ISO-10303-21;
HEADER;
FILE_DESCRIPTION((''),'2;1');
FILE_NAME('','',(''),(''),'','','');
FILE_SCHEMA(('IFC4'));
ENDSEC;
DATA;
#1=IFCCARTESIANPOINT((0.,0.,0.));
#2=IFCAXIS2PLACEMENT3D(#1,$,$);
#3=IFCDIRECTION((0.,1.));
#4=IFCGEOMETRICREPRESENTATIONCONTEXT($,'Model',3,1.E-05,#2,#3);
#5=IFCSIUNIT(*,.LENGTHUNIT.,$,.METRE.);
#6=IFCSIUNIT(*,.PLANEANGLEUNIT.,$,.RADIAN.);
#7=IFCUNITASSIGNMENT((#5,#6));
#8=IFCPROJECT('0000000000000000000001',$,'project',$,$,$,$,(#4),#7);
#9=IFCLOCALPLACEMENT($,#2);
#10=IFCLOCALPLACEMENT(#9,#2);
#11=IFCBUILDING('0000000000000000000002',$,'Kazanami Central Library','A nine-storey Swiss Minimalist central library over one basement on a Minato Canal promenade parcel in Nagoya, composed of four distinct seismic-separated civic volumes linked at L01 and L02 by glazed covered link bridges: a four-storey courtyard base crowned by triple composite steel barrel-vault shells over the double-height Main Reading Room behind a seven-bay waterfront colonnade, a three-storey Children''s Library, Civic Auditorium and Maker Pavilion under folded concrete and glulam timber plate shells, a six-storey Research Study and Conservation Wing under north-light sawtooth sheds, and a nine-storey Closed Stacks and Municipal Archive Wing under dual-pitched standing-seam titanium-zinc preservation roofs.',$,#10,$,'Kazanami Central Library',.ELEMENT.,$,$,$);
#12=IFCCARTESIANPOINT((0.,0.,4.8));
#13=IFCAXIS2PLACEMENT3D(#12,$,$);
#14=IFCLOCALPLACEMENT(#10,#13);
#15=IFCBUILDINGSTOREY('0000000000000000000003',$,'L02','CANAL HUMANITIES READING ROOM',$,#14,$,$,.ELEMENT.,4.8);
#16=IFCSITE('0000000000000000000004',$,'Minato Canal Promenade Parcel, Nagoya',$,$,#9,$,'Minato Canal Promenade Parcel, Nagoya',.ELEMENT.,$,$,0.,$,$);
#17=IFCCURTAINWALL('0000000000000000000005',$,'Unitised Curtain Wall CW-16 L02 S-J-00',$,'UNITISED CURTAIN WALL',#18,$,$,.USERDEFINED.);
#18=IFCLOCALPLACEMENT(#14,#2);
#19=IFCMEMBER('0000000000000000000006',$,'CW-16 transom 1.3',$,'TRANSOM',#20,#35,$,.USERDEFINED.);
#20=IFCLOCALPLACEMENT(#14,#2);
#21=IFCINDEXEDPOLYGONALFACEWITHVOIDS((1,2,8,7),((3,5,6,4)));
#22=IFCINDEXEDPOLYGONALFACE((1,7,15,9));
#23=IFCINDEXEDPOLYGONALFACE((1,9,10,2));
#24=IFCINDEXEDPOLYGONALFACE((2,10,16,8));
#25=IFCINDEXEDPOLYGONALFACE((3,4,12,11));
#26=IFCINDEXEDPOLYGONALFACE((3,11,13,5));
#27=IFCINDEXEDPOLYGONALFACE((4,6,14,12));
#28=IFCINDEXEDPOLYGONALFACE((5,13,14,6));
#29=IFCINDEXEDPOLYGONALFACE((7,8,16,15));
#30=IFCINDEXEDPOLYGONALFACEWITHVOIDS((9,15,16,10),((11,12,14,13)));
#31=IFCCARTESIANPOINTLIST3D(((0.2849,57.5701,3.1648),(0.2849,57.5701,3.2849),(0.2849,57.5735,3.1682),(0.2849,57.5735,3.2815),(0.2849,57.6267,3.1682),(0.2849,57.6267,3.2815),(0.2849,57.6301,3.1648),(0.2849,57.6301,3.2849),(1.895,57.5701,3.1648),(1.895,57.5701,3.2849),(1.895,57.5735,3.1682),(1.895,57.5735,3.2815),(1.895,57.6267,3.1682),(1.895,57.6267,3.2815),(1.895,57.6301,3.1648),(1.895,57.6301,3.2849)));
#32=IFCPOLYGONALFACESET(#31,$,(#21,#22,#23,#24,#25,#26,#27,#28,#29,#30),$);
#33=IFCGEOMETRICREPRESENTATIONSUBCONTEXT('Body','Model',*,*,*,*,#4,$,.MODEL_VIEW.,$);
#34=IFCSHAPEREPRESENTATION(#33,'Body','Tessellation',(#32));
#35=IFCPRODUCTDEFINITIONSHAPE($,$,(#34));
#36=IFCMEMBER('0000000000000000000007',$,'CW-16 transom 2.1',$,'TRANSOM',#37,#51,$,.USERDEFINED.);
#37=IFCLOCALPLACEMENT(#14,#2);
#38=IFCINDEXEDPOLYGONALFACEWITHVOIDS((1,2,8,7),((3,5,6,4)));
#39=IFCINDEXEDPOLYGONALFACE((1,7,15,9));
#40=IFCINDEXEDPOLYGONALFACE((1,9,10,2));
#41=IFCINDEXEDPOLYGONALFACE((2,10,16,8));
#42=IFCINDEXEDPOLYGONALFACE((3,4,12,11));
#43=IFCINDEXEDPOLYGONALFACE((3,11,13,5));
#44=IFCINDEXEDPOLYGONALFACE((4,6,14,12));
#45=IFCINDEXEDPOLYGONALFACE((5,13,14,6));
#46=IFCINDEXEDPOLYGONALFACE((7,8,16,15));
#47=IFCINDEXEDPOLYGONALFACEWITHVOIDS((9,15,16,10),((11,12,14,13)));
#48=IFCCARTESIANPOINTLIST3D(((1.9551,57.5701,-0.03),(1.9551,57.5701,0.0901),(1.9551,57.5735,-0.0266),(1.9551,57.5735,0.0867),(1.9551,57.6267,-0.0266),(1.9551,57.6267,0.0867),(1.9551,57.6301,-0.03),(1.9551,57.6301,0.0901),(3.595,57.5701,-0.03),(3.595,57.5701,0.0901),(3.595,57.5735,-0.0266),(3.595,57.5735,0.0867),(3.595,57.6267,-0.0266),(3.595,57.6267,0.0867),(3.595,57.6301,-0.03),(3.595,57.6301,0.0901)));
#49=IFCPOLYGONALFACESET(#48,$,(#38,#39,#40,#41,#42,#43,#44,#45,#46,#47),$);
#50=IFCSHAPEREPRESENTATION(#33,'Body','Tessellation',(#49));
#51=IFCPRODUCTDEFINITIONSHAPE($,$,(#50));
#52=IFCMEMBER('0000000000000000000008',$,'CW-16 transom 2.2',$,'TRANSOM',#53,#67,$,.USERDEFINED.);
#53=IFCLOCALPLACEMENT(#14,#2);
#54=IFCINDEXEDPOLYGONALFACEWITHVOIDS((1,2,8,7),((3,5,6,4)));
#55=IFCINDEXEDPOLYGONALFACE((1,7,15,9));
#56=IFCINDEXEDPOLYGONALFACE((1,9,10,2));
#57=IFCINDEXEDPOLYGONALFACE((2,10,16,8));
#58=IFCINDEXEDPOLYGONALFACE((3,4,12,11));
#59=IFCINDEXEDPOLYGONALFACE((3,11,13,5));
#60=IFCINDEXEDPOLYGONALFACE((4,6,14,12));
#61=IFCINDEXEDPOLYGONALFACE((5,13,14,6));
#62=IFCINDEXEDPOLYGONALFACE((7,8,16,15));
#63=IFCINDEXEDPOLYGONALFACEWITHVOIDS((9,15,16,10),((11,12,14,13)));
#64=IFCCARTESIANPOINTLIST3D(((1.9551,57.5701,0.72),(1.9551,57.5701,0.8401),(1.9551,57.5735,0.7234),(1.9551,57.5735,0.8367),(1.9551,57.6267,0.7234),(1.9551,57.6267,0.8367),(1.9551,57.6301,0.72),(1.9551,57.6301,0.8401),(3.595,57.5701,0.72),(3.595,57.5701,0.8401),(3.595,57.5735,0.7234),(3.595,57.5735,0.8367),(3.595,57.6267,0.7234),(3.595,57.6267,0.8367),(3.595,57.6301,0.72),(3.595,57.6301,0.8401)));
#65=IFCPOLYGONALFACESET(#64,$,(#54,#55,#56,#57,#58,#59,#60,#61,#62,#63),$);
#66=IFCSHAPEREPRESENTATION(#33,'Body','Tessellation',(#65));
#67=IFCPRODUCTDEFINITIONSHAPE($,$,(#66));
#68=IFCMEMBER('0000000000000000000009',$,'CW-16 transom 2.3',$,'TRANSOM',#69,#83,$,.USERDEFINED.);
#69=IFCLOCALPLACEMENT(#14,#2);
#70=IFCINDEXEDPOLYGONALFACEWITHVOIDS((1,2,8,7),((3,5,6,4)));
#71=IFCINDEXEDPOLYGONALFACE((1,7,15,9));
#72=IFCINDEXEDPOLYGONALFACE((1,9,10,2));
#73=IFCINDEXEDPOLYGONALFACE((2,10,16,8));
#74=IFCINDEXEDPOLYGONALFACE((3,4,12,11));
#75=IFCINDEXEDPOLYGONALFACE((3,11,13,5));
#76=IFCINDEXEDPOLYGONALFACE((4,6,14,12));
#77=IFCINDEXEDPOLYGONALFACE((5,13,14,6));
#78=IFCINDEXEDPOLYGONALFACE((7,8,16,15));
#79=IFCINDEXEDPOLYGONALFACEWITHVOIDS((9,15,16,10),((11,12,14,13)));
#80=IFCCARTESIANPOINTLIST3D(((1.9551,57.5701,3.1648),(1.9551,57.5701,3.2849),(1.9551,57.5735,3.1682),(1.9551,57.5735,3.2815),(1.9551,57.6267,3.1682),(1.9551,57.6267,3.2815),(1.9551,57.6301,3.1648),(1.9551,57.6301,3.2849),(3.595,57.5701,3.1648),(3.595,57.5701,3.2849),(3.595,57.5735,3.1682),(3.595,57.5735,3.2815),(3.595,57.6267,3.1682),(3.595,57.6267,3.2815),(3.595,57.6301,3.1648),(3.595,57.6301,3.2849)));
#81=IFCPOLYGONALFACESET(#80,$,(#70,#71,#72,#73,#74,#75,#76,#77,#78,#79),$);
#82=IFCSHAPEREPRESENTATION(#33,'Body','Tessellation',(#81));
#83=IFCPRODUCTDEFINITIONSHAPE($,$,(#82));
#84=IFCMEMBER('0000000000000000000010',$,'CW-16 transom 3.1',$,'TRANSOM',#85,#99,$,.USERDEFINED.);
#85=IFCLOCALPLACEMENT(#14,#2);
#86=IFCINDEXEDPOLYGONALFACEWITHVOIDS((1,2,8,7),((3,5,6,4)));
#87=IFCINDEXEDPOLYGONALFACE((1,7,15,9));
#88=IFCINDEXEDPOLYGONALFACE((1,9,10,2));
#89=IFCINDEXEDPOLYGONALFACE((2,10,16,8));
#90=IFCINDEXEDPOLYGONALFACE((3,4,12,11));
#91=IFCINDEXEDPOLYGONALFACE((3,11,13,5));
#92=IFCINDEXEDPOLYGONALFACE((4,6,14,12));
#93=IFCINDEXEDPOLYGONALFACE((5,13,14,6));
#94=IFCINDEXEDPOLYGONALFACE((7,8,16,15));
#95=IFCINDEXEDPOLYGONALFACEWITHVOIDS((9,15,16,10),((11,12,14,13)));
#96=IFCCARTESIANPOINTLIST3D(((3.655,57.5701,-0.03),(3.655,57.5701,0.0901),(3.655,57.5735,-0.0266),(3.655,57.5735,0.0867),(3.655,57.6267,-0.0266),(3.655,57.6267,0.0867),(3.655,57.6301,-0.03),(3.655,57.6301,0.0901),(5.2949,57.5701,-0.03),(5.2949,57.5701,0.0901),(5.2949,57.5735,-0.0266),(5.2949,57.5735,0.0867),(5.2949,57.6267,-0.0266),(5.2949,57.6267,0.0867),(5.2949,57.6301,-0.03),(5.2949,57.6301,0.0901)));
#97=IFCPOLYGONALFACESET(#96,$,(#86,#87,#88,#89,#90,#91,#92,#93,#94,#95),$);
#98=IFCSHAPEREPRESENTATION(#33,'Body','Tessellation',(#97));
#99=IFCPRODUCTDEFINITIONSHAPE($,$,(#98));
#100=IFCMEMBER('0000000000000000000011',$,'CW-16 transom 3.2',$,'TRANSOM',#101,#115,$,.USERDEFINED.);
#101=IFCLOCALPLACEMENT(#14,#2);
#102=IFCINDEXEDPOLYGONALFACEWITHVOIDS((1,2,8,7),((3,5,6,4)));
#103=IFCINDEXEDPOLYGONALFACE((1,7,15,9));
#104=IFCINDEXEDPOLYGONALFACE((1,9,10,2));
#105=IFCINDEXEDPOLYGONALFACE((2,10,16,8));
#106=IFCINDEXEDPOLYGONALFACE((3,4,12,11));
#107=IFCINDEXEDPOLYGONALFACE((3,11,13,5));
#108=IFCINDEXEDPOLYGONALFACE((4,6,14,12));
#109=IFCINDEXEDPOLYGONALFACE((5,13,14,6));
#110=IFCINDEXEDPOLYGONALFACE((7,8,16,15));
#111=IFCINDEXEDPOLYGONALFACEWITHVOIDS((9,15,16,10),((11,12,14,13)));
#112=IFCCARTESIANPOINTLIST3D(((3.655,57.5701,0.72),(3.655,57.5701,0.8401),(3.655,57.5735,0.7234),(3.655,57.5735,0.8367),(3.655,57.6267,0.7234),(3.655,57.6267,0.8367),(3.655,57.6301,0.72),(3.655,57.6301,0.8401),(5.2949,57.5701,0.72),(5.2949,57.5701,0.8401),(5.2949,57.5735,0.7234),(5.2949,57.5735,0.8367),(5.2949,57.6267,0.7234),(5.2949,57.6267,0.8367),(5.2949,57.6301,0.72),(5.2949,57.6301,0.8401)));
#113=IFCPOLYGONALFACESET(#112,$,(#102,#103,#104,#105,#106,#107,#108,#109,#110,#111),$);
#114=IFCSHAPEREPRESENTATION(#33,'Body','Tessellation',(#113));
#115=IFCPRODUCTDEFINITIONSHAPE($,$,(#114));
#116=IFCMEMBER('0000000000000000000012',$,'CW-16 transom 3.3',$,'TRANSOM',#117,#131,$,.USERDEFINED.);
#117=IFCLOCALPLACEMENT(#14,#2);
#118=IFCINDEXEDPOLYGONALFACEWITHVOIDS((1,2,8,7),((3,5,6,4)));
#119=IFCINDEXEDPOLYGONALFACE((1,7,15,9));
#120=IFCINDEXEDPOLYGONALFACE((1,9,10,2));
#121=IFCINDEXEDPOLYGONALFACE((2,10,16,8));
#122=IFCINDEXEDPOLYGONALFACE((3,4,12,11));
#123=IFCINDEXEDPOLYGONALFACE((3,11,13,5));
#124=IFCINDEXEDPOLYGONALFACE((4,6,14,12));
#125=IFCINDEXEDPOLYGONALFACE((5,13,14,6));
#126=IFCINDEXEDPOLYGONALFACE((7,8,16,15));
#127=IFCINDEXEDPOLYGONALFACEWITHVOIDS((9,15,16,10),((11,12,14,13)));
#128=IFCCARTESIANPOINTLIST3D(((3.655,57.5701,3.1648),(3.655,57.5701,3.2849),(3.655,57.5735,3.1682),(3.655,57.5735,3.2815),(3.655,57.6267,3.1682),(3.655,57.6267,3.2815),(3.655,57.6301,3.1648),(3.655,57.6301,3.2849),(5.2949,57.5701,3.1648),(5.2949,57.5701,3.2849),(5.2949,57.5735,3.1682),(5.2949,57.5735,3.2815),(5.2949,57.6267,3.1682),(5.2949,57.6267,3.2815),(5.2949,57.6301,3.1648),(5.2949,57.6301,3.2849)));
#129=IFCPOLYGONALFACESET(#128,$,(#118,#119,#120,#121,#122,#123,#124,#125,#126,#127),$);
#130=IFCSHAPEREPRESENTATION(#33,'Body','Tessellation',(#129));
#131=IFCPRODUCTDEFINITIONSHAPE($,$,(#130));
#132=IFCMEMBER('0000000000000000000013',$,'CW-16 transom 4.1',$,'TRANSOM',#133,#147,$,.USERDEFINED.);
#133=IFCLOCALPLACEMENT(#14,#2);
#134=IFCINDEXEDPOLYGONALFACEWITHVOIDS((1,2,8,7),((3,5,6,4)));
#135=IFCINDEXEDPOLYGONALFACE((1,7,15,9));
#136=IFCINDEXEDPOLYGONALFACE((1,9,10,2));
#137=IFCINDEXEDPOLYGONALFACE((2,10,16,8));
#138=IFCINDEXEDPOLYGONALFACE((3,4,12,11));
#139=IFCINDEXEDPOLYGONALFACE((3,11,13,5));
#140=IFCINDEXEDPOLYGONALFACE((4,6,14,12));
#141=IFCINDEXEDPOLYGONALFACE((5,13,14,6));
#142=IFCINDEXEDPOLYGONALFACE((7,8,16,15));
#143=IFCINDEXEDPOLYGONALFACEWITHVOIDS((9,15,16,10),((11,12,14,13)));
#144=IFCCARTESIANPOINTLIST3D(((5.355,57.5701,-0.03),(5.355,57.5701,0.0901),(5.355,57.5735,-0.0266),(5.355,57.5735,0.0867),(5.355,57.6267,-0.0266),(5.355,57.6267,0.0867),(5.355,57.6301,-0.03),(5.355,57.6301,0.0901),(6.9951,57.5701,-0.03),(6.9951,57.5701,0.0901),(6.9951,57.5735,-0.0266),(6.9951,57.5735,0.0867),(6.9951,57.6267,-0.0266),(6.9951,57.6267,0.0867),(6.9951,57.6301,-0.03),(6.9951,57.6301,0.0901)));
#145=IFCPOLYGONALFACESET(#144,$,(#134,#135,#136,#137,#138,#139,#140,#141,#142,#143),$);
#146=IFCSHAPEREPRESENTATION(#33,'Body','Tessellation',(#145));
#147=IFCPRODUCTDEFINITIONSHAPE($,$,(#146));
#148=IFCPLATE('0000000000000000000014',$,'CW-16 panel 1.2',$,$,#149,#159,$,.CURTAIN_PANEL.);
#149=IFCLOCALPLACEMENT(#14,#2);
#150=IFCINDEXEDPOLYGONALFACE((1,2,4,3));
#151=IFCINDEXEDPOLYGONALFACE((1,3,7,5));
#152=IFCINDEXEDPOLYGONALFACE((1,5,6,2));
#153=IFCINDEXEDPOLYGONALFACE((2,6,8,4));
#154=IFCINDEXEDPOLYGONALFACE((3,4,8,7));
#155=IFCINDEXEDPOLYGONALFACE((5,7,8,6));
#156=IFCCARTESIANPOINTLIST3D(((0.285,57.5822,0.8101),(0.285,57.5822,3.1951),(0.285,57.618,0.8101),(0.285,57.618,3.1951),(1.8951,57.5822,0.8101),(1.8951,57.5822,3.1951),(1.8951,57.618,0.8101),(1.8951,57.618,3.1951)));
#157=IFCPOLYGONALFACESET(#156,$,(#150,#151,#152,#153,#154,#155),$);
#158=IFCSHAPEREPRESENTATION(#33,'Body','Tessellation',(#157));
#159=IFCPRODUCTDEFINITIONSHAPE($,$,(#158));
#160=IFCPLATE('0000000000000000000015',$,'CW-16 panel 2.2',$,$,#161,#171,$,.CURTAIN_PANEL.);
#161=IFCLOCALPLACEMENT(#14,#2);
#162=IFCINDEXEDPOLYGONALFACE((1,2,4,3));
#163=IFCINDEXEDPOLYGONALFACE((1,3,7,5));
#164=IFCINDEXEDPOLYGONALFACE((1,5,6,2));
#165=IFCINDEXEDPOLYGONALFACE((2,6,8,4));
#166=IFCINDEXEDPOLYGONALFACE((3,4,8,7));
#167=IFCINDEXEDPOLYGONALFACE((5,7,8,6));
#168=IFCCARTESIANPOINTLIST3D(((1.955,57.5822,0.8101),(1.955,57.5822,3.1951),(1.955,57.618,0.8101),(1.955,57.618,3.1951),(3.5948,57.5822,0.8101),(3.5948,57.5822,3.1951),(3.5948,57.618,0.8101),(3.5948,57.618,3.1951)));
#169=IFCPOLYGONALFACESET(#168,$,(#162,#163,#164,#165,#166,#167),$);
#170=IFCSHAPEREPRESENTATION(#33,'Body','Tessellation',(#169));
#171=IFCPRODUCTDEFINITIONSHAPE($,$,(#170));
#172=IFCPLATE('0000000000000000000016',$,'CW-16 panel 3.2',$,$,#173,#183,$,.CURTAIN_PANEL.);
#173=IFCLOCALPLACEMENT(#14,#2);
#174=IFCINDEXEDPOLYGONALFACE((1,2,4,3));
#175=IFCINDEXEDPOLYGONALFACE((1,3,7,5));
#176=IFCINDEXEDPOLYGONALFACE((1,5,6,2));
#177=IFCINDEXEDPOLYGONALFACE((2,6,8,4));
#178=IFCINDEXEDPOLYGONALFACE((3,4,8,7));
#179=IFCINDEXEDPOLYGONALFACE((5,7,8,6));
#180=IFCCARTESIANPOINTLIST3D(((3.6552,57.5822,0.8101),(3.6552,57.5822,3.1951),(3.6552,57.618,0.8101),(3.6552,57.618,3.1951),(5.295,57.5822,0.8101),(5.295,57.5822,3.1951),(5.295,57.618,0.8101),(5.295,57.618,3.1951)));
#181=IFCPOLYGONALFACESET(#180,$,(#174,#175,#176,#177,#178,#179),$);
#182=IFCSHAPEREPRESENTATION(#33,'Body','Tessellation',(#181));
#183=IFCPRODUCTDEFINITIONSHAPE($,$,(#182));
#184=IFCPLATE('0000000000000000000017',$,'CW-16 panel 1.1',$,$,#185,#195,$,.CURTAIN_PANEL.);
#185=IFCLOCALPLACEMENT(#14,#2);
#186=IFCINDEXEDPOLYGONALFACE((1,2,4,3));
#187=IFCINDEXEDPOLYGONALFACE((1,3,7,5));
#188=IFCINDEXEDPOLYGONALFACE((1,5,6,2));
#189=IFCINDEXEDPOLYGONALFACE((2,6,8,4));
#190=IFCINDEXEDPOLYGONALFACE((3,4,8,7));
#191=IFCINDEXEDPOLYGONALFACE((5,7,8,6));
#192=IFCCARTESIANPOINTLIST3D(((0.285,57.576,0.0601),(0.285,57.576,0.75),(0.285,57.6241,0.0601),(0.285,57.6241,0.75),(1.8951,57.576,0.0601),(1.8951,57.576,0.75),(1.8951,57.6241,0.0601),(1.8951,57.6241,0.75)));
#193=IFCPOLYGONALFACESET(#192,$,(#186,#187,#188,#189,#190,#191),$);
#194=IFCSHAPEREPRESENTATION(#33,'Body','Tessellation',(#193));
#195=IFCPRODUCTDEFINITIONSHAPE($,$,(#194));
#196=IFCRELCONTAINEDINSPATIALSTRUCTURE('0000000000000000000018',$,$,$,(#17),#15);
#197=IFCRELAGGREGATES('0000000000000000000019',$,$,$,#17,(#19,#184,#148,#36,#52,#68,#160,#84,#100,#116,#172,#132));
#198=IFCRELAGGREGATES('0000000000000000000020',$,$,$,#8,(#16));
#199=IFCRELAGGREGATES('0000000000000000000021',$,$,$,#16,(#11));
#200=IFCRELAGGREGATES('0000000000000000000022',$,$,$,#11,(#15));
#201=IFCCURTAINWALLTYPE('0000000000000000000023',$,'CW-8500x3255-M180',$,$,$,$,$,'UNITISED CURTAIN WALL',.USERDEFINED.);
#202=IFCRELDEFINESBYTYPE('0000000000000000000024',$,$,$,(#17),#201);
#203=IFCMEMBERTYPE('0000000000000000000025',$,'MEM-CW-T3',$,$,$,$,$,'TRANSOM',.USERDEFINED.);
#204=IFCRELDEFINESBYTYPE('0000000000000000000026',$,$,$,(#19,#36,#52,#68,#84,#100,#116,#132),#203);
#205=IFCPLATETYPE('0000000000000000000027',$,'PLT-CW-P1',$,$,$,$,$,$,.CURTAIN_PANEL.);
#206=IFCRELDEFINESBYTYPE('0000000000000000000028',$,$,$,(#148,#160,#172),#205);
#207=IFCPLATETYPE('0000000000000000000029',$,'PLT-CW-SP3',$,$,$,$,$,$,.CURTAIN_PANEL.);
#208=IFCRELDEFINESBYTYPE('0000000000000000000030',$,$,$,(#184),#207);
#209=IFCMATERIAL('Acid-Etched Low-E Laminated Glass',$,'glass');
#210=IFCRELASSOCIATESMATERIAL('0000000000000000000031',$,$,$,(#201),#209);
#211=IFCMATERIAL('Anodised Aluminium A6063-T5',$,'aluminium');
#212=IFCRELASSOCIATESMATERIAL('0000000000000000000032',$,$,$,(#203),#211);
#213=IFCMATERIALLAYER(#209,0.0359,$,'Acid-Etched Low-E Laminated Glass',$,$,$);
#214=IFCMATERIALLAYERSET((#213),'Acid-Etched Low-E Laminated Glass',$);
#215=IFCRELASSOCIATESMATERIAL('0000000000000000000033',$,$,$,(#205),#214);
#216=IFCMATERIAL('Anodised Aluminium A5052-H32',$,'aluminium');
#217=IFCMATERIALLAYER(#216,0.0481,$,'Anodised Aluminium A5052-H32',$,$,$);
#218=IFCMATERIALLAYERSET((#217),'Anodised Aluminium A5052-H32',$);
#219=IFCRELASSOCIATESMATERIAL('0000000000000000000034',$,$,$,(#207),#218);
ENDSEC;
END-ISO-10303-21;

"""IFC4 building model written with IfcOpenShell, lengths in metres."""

from ifc_helpers import new_model, si_unit, direction, frame, origin, origin_2d, place, context, subcontext, project, spatial, rectangle, hollow_rectangle, extrude, material, layer, layer_set, material_profile, profile_set, type_object, element, aggregate, save


model = new_model("IFC4")

# Units and contexts
model_context = context("Model", 3, precision=1e-05, world=origin(), true_north=direction((0.0, 1.0)))
body_context = subcontext(model_context, "Body", "Model", "MODEL_VIEW")
ifc_project = project(units=[si_unit("LENGTHUNIT", "METRE"), si_unit("PLANEANGLEUNIT", "RADIAN")], contexts=[model_context])

# Site, building, storey
site_placement = place(None, origin())
site = spatial("IfcSite", under=ifc_project, at=site_placement, Name="Minato Canal Promenade Parcel, Nagoya", LongName="Minato Canal Promenade Parcel, Nagoya", CompositionType="ELEMENT", RefElevation=0.0)
building_placement = place(site_placement, origin())
building = spatial("IfcBuilding", under=site, at=building_placement, Name="Kazanami Central Library", Description="A nine-storey Swiss Minimalist central library over one basement on a Minato Canal promenade parcel in Nagoya, composed of four distinct seismic-separated civic volumes linked at L01 and L02 by glazed covered link bridges: a four-storey courtyard base crowned by triple composite steel barrel-vault shells over the double-height Main Reading Room behind a seven-bay waterfront colonnade, a three-storey Children's Library, Civic Auditorium and Maker Pavilion under folded concrete and glulam timber plate shells, a six-storey Research Study and Conservation Wing under north-light sawtooth sheds, and a nine-storey Closed Stacks and Municipal Archive Wing under dual-pitched standing-seam titanium-zinc preservation roofs.", LongName="Kazanami Central Library", CompositionType="ELEMENT")
storey_placement = place(building_placement, frame((0.0, 0.0, 4.8)))
storey = spatial("IfcBuildingStorey", under=building, at=storey_placement, Name="L02", Description="CANAL HUMANITIES READING ROOM", CompositionType="ELEMENT", Elevation=4.8)

# Curtain wall, members, plates
ifc_material_1 = material(Name="Acid-Etched Low-E Laminated Glass", Category="glass")
curtain_wall_type = type_object("IfcCurtainWallType", Name="CW-8500x3255-M180", ElementType="UNITISED CURTAIN WALL", PredefinedType="USERDEFINED", material=ifc_material_1)
curtain_wall_placement = place(storey_placement, origin())
curtain_wall = element("IfcCurtainWall", 1, at=curtain_wall_placement, inside=storey, type_object=curtain_wall_type, Name="Unitised Curtain Wall CW-16 L02 S-J-00", ObjectType="UNITISED CURTAIN WALL", PredefinedType="USERDEFINED")
ifc_material_2 = material(Name="Anodised Aluminium A6063-T5", Category="aluminium")
ifc_material_profile_1 = material_profile(ifc_material_2, hollow_rectangle(XDim=0.0601, YDim=0.1201, WallThickness=0.0034, at=origin_2d()), Name="ALU-TRAN-60x120x3.5")
ifc_profile_set_1 = profile_set([ifc_material_profile_1], Name="Anodised Aluminium A6063-T5")
member_type_1 = type_object("IfcMemberType", Name="MEM-CW-T3", ElementType="TRANSOM", PredefinedType="USERDEFINED", material=ifc_profile_set_1)
member_1_placement = place(storey_placement, frame((0.2849, 57.6001, 3.2249), z_axis=(1.0, 0.0, 0.0), x_axis=(0.0, 1.0, 0.0)))
member_1 = element("IfcMember", 2, at=member_1_placement, type_object=member_type_1, Name="CW-16 transom 1.3", ObjectType="TRANSOM", PredefinedType="USERDEFINED", context=body_context, shape_type="SweptSolid", body=[
    extrude(hollow_rectangle(XDim=0.0601, YDim=0.1201, WallThickness=0.0034, at=origin_2d()), origin(), (0.0, 0.0, 1.0), 1.6101),
])
member_2_placement = place(storey_placement, frame((1.9551, 57.6001, 0.03), z_axis=(1.0, 0.0, 0.0), x_axis=(0.0, 1.0, 0.0)))
member_2 = element("IfcMember", 3, at=member_2_placement, type_object=member_type_1, Name="CW-16 transom 2.1", ObjectType="TRANSOM", PredefinedType="USERDEFINED", context=body_context, shape_type="SweptSolid", body=[
    extrude(hollow_rectangle(XDim=0.0601, YDim=0.1201, WallThickness=0.0034, at=origin_2d()), origin(), (0.0, 0.0, 1.0), 1.6399),
])
member_3_placement = place(storey_placement, frame((1.9551, 57.6001, 0.78), z_axis=(1.0, 0.0, 0.0), x_axis=(0.0, 1.0, 0.0)))
member_3 = element("IfcMember", 4, at=member_3_placement, type_object=member_type_1, Name="CW-16 transom 2.2", ObjectType="TRANSOM", PredefinedType="USERDEFINED", context=body_context, shape_type="SweptSolid", body=[
    extrude(hollow_rectangle(XDim=0.0601, YDim=0.1201, WallThickness=0.0034, at=origin_2d()), origin(), (0.0, 0.0, 1.0), 1.6399),
])
member_4_placement = place(storey_placement, frame((1.9551, 57.6001, 3.2249), z_axis=(1.0, 0.0, 0.0), x_axis=(0.0, 1.0, 0.0)))
member_4 = element("IfcMember", 5, at=member_4_placement, type_object=member_type_1, Name="CW-16 transom 2.3", ObjectType="TRANSOM", PredefinedType="USERDEFINED", context=body_context, shape_type="SweptSolid", body=[
    extrude(hollow_rectangle(XDim=0.0601, YDim=0.1201, WallThickness=0.0034, at=origin_2d()), origin(), (0.0, 0.0, 1.0), 1.6399),
])
member_5_placement = place(storey_placement, frame((3.655, 57.6001, 0.03), z_axis=(1.0, 0.0, 0.0), x_axis=(0.0, 1.0, 0.0)))
member_5 = element("IfcMember", 6, at=member_5_placement, type_object=member_type_1, Name="CW-16 transom 3.1", ObjectType="TRANSOM", PredefinedType="USERDEFINED", context=body_context, shape_type="SweptSolid", body=[
    extrude(hollow_rectangle(XDim=0.0601, YDim=0.1201, WallThickness=0.0034, at=origin_2d()), origin(), (0.0, 0.0, 1.0), 1.6399),
])
member_6_placement = place(storey_placement, frame((3.655, 57.6001, 0.78), z_axis=(1.0, 0.0, 0.0), x_axis=(0.0, 1.0, 0.0)))
member_6 = element("IfcMember", 7, at=member_6_placement, type_object=member_type_1, Name="CW-16 transom 3.2", ObjectType="TRANSOM", PredefinedType="USERDEFINED", context=body_context, shape_type="SweptSolid", body=[
    extrude(hollow_rectangle(XDim=0.0601, YDim=0.1201, WallThickness=0.0034, at=origin_2d()), origin(), (0.0, 0.0, 1.0), 1.6399),
])
member_7_placement = place(storey_placement, frame((3.655, 57.6001, 3.2249), z_axis=(1.0, 0.0, 0.0), x_axis=(0.0, 1.0, 0.0)))
member_7 = element("IfcMember", 8, at=member_7_placement, type_object=member_type_1, Name="CW-16 transom 3.3", ObjectType="TRANSOM", PredefinedType="USERDEFINED", context=body_context, shape_type="SweptSolid", body=[
    extrude(hollow_rectangle(XDim=0.0601, YDim=0.1201, WallThickness=0.0034, at=origin_2d()), origin(), (0.0, 0.0, 1.0), 1.6399),
])
member_8_placement = place(storey_placement, frame((5.355, 57.6001, 0.03), z_axis=(1.0, 0.0, 0.0), x_axis=(0.0, 1.0, 0.0)))
member_8 = element("IfcMember", 9, at=member_8_placement, type_object=member_type_1, Name="CW-16 transom 4.1", ObjectType="TRANSOM", PredefinedType="USERDEFINED", context=body_context, shape_type="SweptSolid", body=[
    extrude(hollow_rectangle(XDim=0.0601, YDim=0.1201, WallThickness=0.0034, at=origin_2d()), origin(), (0.0, 0.0, 1.0), 1.6401),
])
ifc_layer_1 = layer(ifc_material_1, 0.0359, Name="Acid-Etched Low-E Laminated Glass")
ifc_layer_set_1 = layer_set([ifc_layer_1], Name="Acid-Etched Low-E Laminated Glass")
plate_type_1 = type_object("IfcPlateType", Name="PLT-CW-P1", PredefinedType="CURTAIN_PANEL", material=ifc_layer_set_1)
plate_1_placement = place(storey_placement, frame((1.0901, 57.6001, 0.8101), z_axis=(0.0, 0.0, 1.0), x_axis=(1.0, 0.0, 0.0)))
plate_1 = element("IfcPlate", 10, at=plate_1_placement, type_object=plate_type_1, Name="CW-16 panel 1.2", PredefinedType="CURTAIN_PANEL", context=body_context, shape_type="SweptSolid", body=[
    extrude(rectangle(XDim=1.6101, YDim=0.0359, at=origin_2d()), origin(), (0.0, 0.0, 1.0), 2.385),
])
plate_2_placement = place(storey_placement, frame((2.7749, 57.6001, 0.8101), z_axis=(0.0, 0.0, 1.0), x_axis=(1.0, 0.0, 0.0)))
plate_2 = element("IfcPlate", 11, at=plate_2_placement, type_object=plate_type_1, Name="CW-16 panel 2.2", PredefinedType="CURTAIN_PANEL", context=body_context, shape_type="SweptSolid", body=[
    extrude(rectangle(XDim=1.6399, YDim=0.0359, at=origin_2d()), origin(), (0.0, 0.0, 1.0), 2.385),
])
plate_3_placement = place(storey_placement, frame((4.4751, 57.6001, 0.8101), z_axis=(0.0, 0.0, 1.0), x_axis=(1.0, 0.0, 0.0)))
plate_3 = element("IfcPlate", 12, at=plate_3_placement, type_object=plate_type_1, Name="CW-16 panel 3.2", PredefinedType="CURTAIN_PANEL", context=body_context, shape_type="SweptSolid", body=[
    extrude(rectangle(XDim=1.6399, YDim=0.0359, at=origin_2d()), origin(), (0.0, 0.0, 1.0), 2.385),
])
ifc_material_3 = material(Name="Anodised Aluminium A5052-H32", Category="aluminium")
ifc_layer_2 = layer(ifc_material_3, 0.0481, Name="Anodised Aluminium A5052-H32")
ifc_layer_set_2 = layer_set([ifc_layer_2], Name="Anodised Aluminium A5052-H32")
plate_type_2 = type_object("IfcPlateType", Name="PLT-CW-SP3", PredefinedType="CURTAIN_PANEL", material=ifc_layer_set_2)
plate_4_placement = place(storey_placement, frame((1.0901, 57.6001, 0.0601), z_axis=(0.0, 0.0, 1.0), x_axis=(1.0, 0.0, 0.0)))
plate_4 = element("IfcPlate", 13, at=plate_4_placement, type_object=plate_type_2, Name="CW-16 panel 1.1", PredefinedType="CURTAIN_PANEL", context=body_context, shape_type="SweptSolid", body=[
    extrude(rectangle(XDim=1.6101, YDim=0.0481, at=origin_2d()), origin(), (0.0, 0.0, 1.0), 0.6899),
])
aggregate(curtain_wall, [member_1, plate_4, plate_1, member_2, member_3, member_4, plate_2, member_5, member_6, member_7, plate_3, member_8])

save(model, "model.ifc")
